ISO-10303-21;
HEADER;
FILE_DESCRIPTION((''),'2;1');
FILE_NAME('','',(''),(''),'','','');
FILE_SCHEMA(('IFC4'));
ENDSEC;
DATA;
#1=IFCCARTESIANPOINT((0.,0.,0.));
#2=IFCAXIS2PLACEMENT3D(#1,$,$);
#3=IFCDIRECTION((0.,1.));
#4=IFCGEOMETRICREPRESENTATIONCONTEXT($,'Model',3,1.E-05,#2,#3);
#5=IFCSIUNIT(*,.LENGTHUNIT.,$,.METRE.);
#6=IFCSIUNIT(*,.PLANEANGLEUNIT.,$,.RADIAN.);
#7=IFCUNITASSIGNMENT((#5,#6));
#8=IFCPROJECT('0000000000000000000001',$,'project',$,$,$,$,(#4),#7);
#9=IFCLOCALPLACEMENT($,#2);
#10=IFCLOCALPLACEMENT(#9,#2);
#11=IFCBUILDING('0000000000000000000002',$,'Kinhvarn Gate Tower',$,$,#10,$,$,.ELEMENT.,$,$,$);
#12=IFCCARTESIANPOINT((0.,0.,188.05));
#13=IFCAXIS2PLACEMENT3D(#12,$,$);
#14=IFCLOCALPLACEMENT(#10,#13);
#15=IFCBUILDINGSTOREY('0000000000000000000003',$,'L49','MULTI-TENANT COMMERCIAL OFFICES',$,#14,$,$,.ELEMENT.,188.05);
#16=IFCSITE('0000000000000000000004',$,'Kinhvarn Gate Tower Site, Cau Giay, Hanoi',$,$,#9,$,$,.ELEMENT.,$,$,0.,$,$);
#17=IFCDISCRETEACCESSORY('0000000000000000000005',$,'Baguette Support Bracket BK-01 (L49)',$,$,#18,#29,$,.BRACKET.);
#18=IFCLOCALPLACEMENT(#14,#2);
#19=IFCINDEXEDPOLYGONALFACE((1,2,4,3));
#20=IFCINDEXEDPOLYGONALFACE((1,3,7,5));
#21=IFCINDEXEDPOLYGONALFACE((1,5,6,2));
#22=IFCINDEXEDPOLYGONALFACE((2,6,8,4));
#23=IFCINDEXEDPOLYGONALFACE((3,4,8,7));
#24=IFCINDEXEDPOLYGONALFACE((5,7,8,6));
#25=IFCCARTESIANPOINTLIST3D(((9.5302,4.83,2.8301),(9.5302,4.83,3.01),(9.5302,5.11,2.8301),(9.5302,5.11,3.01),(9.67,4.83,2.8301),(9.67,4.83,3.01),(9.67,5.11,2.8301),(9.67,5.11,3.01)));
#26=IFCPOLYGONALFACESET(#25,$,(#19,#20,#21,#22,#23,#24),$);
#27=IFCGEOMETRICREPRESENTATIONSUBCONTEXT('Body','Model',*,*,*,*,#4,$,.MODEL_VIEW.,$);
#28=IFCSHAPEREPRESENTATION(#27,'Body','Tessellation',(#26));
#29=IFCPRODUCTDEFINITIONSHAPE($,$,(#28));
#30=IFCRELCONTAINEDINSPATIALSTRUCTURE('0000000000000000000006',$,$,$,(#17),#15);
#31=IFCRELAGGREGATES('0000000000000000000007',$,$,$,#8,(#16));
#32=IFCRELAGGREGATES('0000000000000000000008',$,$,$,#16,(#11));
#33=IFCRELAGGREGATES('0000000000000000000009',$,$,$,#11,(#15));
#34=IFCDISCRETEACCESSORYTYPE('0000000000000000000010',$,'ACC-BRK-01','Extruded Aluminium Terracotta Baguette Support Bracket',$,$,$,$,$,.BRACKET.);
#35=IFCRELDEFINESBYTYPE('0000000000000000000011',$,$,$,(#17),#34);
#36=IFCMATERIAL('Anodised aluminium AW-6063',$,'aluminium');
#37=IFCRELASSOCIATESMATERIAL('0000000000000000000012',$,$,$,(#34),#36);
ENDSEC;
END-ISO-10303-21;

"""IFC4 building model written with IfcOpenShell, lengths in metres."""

from ifc_helpers import new_model, si_unit, direction, frame, origin, origin_2d, place, context, subcontext, project, spatial, rectangle, extrude, material, type_object, element, save


model = new_model("IFC4")

# Units and contexts
model_context = context("Model", 3, precision=1e-05, world=origin(), true_north=direction((0.0, 1.0)))
body_context = subcontext(model_context, "Body", "Model", "MODEL_VIEW")
ifc_project = project(units=[si_unit("LENGTHUNIT", "METRE"), si_unit("PLANEANGLEUNIT", "RADIAN")], contexts=[model_context])

# Site, building, storey
site_placement = place(None, origin())
site = spatial("IfcSite", under=ifc_project, at=site_placement, Name="Kinhvarn Gate Tower Site, Cau Giay, Hanoi", CompositionType="ELEMENT", RefElevation=0.0)
building_placement = place(site_placement, origin())
building = spatial("IfcBuilding", under=site, at=building_placement, Name="Kinhvarn Gate Tower", CompositionType="ELEMENT")
storey_placement = place(building_placement, frame((0.0, 0.0, 188.05)))
storey = spatial("IfcBuildingStorey", under=building, at=storey_placement, Name="L49", Description="MULTI-TENANT COMMERCIAL OFFICES", CompositionType="ELEMENT", Elevation=188.05)

# Shared definitions
ifc_material_1 = material(Name="Anodised aluminium AW-6063", Category="aluminium")

# Discrete accessory
discrete_accessory_type = type_object("IfcDiscreteAccessoryType", Name="ACC-BRK-01", Description="Extruded Aluminium Terracotta Baguette Support Bracket", PredefinedType="BRACKET", material=ifc_material_1)
for number, where, z_axis, x_axis, name in (
    (1, (9.6001, 4.97, 2.8301), (0.0, 0.0, 1.0), (1.0, 0.0, 0.0), "Baguette Support Bracket BK-01 (L49)"),
):
    element("IfcDiscreteAccessory", number, at=place(storey_placement, frame(where, z_axis=z_axis, x_axis=x_axis)), inside=storey, type_object=discrete_accessory_type, Name=name, PredefinedType="BRACKET", context=body_context, shape_type="SweptSolid", body=[
        extrude(rectangle(XDim=0.1399, YDim=0.28, at=origin_2d()), origin(), (0.0, 0.0, 1.0), 0.1799),
    ])

save(model, "model.ifc")
